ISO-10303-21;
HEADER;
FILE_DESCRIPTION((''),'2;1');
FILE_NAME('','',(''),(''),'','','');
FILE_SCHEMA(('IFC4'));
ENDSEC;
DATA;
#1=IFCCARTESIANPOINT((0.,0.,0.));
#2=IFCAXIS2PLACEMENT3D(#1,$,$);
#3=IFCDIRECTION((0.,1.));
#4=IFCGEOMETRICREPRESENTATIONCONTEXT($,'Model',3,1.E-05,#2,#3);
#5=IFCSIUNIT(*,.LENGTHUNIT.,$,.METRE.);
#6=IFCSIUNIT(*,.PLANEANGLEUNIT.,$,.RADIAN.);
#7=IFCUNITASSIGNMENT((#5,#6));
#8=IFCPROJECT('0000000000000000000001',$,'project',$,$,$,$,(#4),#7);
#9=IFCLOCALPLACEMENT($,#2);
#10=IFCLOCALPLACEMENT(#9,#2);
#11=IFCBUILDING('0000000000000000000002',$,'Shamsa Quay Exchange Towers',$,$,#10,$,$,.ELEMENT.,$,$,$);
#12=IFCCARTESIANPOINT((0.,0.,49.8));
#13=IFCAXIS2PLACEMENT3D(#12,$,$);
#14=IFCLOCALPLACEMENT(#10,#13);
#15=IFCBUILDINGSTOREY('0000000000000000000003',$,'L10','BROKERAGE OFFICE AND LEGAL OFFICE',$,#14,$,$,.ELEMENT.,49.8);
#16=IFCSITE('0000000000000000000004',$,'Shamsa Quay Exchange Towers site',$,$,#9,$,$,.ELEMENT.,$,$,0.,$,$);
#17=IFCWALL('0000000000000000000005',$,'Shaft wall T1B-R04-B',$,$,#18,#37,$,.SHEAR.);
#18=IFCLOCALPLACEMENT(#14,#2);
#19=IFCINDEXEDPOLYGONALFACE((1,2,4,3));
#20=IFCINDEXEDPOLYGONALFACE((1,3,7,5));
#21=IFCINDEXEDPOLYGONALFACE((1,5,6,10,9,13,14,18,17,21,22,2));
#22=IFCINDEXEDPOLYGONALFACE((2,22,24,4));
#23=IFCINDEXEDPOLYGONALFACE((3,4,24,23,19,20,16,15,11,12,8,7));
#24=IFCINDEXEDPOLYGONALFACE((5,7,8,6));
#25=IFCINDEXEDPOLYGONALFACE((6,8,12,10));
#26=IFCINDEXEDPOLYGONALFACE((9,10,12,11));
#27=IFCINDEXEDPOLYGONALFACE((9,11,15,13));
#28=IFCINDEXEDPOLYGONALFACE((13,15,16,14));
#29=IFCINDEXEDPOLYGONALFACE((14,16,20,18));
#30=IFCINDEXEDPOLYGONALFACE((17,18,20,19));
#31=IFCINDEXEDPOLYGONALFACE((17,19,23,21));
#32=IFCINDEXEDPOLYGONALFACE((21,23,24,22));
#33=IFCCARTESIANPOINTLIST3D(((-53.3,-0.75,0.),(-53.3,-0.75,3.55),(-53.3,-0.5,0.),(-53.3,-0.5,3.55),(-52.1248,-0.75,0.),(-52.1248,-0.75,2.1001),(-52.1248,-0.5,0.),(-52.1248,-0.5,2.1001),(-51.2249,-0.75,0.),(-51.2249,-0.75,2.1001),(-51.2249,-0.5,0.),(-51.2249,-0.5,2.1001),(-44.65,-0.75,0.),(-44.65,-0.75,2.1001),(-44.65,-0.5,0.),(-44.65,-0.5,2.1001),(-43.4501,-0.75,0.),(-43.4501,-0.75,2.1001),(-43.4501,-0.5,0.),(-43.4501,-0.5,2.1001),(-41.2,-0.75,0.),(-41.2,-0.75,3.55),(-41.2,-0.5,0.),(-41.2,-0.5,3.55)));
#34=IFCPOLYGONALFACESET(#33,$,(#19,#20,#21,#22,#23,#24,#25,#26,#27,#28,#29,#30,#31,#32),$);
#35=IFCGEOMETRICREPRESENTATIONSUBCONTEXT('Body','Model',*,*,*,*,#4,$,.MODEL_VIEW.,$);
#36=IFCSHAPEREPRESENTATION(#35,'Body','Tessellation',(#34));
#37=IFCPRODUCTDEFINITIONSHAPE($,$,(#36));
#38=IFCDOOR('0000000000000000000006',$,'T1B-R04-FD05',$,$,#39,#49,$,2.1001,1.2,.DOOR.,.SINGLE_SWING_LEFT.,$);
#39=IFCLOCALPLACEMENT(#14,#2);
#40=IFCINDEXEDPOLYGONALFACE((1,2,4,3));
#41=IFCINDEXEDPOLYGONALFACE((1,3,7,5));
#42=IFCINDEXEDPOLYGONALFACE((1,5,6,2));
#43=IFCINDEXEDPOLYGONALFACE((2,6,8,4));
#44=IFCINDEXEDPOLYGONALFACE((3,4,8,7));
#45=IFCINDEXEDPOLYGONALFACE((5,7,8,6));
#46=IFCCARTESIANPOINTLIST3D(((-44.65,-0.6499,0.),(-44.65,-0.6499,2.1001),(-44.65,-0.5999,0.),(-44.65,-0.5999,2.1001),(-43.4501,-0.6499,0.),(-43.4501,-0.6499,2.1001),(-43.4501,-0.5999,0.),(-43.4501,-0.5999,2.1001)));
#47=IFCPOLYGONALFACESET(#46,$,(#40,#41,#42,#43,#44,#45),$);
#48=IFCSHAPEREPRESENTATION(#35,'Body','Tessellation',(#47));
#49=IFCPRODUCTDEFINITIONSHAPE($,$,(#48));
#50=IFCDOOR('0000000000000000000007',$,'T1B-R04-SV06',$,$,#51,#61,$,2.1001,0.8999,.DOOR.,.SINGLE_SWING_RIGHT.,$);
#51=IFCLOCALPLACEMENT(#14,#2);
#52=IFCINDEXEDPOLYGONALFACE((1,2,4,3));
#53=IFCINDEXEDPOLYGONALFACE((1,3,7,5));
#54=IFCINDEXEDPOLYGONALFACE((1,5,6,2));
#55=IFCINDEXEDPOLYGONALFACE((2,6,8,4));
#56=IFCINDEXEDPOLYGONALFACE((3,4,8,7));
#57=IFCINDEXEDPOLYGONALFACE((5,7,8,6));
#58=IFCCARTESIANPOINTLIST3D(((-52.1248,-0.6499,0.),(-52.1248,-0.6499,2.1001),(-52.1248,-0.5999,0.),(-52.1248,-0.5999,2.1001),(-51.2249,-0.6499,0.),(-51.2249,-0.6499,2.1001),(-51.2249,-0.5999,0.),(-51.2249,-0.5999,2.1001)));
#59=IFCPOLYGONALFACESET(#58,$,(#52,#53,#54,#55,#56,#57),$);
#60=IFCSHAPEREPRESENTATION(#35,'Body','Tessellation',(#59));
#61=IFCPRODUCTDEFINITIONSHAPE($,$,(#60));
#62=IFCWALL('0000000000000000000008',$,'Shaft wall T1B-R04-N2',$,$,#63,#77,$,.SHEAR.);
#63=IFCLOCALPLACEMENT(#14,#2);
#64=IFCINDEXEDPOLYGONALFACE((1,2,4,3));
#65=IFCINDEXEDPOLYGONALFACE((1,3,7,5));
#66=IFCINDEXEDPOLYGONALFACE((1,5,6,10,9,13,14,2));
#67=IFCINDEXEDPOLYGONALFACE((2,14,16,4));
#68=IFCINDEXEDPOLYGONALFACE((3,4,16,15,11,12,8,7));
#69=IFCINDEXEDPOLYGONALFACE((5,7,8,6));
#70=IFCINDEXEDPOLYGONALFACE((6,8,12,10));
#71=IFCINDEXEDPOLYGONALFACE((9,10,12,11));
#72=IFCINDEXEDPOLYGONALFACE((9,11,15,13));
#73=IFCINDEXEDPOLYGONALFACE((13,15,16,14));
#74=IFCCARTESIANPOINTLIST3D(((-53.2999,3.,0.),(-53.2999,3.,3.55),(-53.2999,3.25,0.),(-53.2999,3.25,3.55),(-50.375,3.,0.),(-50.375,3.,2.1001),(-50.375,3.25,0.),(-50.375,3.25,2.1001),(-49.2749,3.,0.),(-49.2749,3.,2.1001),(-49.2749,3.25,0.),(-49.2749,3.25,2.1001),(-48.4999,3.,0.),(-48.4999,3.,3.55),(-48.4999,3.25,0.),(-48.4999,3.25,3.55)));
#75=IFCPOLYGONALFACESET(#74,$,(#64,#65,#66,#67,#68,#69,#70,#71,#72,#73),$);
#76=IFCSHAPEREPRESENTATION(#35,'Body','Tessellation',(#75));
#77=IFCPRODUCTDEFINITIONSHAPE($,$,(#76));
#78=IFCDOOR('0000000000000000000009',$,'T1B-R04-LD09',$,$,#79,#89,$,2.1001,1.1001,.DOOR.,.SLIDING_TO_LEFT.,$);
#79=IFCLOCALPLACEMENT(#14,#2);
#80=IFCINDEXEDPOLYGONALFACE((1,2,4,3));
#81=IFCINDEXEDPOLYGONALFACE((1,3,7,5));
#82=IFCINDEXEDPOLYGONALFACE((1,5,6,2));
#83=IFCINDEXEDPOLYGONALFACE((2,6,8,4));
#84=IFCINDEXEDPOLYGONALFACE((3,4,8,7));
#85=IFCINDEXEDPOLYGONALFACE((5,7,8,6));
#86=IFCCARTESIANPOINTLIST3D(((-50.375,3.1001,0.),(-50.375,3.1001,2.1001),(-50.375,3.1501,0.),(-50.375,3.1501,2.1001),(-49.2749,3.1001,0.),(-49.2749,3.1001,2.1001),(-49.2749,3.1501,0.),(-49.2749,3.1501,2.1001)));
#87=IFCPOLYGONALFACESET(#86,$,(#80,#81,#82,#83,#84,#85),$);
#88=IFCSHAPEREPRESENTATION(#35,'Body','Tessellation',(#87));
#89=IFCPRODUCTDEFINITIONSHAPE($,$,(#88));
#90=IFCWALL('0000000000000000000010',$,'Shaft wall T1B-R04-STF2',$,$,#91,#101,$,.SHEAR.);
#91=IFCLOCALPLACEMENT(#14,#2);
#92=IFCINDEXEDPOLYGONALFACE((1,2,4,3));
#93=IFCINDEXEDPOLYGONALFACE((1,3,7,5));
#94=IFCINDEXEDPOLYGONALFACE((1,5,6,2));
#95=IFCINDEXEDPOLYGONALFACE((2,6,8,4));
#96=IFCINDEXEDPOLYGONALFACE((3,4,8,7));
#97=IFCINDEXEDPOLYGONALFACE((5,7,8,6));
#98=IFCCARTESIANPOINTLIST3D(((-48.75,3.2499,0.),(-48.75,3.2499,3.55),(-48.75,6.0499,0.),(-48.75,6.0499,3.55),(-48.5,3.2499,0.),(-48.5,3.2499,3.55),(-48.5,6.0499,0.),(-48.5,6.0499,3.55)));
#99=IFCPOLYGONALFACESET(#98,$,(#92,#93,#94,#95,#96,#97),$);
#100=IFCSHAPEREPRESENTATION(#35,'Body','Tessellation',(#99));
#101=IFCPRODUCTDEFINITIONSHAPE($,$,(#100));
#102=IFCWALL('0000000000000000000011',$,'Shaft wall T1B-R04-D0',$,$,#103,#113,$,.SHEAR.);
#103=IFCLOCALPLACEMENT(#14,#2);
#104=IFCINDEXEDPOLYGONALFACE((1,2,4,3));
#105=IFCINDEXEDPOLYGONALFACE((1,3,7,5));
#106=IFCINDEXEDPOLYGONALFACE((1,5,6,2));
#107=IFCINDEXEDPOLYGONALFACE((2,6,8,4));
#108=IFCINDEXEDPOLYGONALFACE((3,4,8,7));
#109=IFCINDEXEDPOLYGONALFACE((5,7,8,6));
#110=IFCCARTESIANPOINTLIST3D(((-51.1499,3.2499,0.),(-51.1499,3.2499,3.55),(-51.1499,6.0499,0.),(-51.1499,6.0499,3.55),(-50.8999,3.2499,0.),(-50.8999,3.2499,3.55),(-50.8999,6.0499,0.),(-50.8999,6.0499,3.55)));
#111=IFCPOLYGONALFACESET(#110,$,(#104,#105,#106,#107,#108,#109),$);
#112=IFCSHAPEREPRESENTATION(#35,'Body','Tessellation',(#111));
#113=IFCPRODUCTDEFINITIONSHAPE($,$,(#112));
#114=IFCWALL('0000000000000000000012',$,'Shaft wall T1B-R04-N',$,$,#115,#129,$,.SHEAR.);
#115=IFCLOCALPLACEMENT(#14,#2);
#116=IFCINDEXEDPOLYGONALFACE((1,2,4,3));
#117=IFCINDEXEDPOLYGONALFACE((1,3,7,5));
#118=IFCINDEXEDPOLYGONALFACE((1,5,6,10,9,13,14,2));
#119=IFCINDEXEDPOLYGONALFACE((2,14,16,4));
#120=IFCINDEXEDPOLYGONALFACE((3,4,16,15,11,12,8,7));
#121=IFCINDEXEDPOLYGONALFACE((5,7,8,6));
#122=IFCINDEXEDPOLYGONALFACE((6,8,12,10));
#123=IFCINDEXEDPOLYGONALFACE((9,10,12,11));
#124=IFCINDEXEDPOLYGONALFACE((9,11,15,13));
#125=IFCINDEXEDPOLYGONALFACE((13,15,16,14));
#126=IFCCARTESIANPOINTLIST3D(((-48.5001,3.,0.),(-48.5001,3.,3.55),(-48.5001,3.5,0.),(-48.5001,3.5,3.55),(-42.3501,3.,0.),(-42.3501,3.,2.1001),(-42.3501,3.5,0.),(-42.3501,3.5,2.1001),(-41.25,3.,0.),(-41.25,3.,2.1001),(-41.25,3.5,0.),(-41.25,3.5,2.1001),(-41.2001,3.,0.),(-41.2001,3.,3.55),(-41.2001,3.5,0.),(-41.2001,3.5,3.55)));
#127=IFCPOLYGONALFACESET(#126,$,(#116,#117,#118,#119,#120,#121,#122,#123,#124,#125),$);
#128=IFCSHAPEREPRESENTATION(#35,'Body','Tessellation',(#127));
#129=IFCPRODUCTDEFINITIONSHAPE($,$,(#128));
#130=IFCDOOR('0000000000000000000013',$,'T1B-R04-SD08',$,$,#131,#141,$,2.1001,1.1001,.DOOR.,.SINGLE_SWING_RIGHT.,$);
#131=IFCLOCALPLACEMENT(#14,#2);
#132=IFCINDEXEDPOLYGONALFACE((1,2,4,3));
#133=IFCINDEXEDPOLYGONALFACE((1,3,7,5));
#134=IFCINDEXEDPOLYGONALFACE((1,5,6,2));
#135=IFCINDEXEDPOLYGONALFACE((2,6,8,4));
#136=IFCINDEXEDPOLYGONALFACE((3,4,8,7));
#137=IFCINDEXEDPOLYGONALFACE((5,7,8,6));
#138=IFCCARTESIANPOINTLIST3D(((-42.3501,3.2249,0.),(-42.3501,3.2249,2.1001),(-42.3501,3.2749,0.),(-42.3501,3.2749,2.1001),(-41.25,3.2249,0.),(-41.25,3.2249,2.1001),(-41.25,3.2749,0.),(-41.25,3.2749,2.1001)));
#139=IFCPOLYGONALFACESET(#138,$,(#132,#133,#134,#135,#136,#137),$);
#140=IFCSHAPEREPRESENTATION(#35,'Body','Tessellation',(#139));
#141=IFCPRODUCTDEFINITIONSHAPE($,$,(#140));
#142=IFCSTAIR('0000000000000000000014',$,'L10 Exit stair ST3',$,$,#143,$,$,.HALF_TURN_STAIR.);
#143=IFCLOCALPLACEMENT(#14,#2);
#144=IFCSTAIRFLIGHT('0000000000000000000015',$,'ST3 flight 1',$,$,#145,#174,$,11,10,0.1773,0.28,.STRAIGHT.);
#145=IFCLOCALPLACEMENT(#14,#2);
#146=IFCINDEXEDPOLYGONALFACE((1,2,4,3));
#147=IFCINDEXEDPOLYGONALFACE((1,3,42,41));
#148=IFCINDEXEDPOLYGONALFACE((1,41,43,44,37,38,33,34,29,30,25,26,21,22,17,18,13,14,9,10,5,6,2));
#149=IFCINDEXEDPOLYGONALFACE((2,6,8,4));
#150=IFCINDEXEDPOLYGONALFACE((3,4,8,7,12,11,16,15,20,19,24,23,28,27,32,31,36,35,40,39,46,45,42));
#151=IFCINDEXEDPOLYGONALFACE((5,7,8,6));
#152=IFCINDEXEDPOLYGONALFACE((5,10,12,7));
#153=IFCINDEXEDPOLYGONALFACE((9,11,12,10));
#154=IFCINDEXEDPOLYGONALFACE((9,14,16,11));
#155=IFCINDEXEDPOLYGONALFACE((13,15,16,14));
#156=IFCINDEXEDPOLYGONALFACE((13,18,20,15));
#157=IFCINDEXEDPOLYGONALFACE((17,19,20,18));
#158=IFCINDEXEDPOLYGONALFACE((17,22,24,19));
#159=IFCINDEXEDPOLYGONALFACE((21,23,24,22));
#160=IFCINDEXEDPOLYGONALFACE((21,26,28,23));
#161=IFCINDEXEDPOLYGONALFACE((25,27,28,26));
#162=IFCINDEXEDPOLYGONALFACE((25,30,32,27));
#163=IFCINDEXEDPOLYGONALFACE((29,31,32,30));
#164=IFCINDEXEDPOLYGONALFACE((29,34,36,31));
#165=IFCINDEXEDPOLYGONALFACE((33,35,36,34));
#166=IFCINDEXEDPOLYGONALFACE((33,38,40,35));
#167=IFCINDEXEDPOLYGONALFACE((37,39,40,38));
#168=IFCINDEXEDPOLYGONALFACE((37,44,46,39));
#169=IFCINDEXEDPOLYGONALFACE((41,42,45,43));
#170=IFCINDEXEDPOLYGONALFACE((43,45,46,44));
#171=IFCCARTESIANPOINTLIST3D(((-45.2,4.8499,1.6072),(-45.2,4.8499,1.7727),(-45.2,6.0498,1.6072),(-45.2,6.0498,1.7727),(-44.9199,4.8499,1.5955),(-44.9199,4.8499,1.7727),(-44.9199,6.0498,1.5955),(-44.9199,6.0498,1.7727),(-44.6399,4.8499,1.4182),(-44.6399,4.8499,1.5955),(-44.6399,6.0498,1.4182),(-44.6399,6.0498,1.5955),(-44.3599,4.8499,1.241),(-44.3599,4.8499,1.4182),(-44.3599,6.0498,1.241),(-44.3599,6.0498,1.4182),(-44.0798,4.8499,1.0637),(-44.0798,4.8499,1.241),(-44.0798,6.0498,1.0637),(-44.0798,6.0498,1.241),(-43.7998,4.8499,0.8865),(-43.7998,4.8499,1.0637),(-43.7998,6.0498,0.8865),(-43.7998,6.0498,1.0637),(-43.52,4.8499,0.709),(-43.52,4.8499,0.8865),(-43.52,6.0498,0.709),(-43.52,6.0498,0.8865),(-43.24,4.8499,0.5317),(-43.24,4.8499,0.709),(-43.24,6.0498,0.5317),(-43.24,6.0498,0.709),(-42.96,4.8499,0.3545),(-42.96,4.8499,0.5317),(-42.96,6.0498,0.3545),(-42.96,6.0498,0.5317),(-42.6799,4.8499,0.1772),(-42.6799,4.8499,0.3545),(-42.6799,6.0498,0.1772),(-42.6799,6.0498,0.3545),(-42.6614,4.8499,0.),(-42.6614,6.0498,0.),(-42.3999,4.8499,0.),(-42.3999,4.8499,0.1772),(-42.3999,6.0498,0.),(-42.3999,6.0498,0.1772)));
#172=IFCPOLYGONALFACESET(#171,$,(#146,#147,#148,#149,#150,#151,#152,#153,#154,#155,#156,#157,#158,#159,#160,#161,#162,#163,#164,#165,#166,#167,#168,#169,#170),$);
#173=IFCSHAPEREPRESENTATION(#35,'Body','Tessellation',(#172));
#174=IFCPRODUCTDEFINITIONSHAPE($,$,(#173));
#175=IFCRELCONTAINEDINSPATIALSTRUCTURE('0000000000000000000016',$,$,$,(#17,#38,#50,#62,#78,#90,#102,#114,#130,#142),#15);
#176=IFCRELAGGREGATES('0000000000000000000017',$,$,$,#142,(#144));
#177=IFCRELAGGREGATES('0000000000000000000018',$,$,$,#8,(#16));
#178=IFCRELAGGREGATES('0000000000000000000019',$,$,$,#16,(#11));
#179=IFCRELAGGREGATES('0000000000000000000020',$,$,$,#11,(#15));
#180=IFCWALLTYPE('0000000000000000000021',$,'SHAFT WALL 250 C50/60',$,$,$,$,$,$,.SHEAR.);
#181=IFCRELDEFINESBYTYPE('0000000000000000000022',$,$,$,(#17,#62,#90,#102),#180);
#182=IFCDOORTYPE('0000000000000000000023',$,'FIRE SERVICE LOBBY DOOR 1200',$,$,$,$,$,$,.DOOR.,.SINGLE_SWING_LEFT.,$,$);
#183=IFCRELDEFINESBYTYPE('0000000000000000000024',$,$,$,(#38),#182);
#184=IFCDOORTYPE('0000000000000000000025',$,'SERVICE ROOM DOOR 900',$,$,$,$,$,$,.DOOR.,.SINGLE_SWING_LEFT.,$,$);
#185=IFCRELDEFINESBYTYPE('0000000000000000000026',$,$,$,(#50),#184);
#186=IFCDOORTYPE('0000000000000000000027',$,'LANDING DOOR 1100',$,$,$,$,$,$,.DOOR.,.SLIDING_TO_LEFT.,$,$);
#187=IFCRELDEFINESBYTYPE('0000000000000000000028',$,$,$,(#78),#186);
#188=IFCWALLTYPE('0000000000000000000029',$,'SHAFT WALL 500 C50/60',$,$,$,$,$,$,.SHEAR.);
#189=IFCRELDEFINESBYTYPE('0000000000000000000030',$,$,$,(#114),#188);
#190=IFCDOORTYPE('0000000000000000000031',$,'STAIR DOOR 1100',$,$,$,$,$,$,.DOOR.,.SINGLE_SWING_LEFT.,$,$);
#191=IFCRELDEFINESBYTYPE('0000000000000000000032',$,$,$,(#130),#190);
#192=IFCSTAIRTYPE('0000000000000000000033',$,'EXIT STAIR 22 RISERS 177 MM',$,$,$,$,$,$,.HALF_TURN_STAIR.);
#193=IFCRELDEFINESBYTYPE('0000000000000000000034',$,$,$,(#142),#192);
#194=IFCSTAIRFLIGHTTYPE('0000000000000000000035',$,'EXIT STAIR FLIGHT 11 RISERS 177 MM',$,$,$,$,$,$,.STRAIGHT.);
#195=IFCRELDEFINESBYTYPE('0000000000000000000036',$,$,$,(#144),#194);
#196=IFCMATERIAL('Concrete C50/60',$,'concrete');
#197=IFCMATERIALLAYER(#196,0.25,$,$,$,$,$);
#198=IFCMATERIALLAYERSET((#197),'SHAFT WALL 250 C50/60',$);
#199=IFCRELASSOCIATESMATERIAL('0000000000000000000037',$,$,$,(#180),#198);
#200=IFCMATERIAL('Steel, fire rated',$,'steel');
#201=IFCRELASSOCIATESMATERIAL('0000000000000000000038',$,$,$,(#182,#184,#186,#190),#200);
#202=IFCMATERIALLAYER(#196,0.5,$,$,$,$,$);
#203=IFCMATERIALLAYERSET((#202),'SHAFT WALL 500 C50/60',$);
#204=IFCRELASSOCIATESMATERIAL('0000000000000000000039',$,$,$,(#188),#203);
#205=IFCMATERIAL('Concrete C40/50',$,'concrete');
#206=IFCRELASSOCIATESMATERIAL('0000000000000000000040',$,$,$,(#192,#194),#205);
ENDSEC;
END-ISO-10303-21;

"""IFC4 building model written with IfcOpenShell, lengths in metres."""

from ifc_helpers import new_model, si_unit, direction, frame, frame_2d, origin, place, context, subcontext, project, spatial, polyline, rectangle, outline, extrude, material, layer, layer_set, type_object, element, fill, aggregate, save


model = new_model("IFC4")

# Units and contexts
model_context = context("Model", 3, precision=1e-05, world=origin(), true_north=direction((0.0, 1.0)))
body_context = subcontext(model_context, "Body", "Model", "MODEL_VIEW")
ifc_project = project(units=[si_unit("LENGTHUNIT", "METRE"), si_unit("PLANEANGLEUNIT", "RADIAN")], contexts=[model_context])

# Site, building, storey
site_placement = place(None, origin())
site = spatial("IfcSite", under=ifc_project, at=site_placement, Name="Shamsa Quay Exchange Towers site", CompositionType="ELEMENT", RefElevation=0.0)
building_placement = place(site_placement, origin())
building = spatial("IfcBuilding", under=site, at=building_placement, Name="Shamsa Quay Exchange Towers", CompositionType="ELEMENT")
storey_placement = place(building_placement, frame((0.0, 0.0, 49.8)))
storey = spatial("IfcBuildingStorey", under=building, at=storey_placement, Name="L10", Description="BROKERAGE OFFICE AND LEGAL OFFICE", CompositionType="ELEMENT", Elevation=49.8)

# Wall, openings, doors
ifc_material_1 = material(Name="Concrete C50/60", Category="concrete")
ifc_layer_1 = layer(ifc_material_1, 0.25)
ifc_layer_set_1 = layer_set([ifc_layer_1], Name="SHAFT WALL 250 C50/60")
wall_type_1 = type_object("IfcWallType", Name="SHAFT WALL 250 C50/60", PredefinedType="SHEAR", material=ifc_layer_set_1)
wall_1_placement = place(storey_placement, frame((-41.2, -0.625, 0.0), z_axis=(0.0, 0.0, 1.0), x_axis=(-1.0, 0.0, 0.0)))
wall_1 = element("IfcWall", 1, at=wall_1_placement, inside=storey, type_object=wall_type_1, Name="Shaft wall T1B-R04-B", PredefinedType="SHEAR", context=body_context, shape_type="SweptSolid", body=[
    extrude(rectangle(XDim=12.1001, YDim=0.25, at=frame_2d((6.05, 0.0))), origin(), (0.0, 0.0, 1.0), 3.55),
])
opening_1_placement = place(wall_1_placement, frame((2.25, 0.0, 0.0)))
opening_1 = element("IfcOpeningElement", 2, at=opening_1_placement, cuts=wall_1, PredefinedType="OPENING", context=body_context, shape_type="SweptSolid", body=[
    extrude(rectangle(XDim=1.2, YDim=2.1001, at=frame_2d((0.6001, 1.05))), frame((0.0, 0.135, 0.0), z_axis=(0.0, -1.0, 0.0), x_axis=(1.0, 0.0, 0.0)), (0.0, 0.0, 1.0), 0.27),
])
opening_2_placement = place(wall_1_placement, frame((10.0249, 0.0, 0.0)))
opening_2 = element("IfcOpeningElement", 3, at=opening_2_placement, cuts=wall_1, PredefinedType="OPENING", context=body_context, shape_type="SweptSolid", body=[
    extrude(rectangle(XDim=0.8999, YDim=2.1001, at=frame_2d((0.45, 1.05))), frame((0.0, 0.135, 0.0), z_axis=(0.0, -1.0, 0.0), x_axis=(1.0, 0.0, 0.0)), (0.0, 0.0, 1.0), 0.27),
])
ifc_material_2 = material(Name="Steel, fire rated", Category="steel")
door_type_1 = type_object("IfcDoorType", Name="FIRE SERVICE LOBBY DOOR 1200", OperationType="SINGLE_SWING_LEFT", PredefinedType="DOOR", material=ifc_material_2)
door_1_placement = place(opening_1_placement, origin())
door_1 = element("IfcDoor", 4, at=door_1_placement, inside=storey, type_object=door_type_1, Name="T1B-R04-FD05", OperationType="SINGLE_SWING_LEFT", OverallHeight=2.1001, OverallWidth=1.2, PredefinedType="DOOR", context=body_context, shape_type="SweptSolid", body=[
    extrude(rectangle(XDim=1.2, YDim=2.1001, at=frame_2d((0.6001, 1.05))), frame((0.0, 0.0249, 0.0), z_axis=(0.0, -1.0, 0.0), x_axis=(1.0, 0.0, 0.0)), (0.0, 0.0, 1.0), 0.05),
])
fill(opening_1, door_1)
door_type_2 = type_object("IfcDoorType", Name="SERVICE ROOM DOOR 900", OperationType="SINGLE_SWING_LEFT", PredefinedType="DOOR", material=ifc_material_2)
door_2_placement = place(opening_2_placement, origin())
door_2 = element("IfcDoor", 5, at=door_2_placement, inside=storey, type_object=door_type_2, Name="T1B-R04-SV06", OperationType="SINGLE_SWING_RIGHT", OverallHeight=2.1001, OverallWidth=0.8999, PredefinedType="DOOR", context=body_context, shape_type="SweptSolid", body=[
    extrude(rectangle(XDim=0.8999, YDim=2.1001, at=frame_2d((0.45, 1.05))), frame((0.0, 0.0249, 0.0), z_axis=(0.0, -1.0, 0.0), x_axis=(1.0, 0.0, 0.0)), (0.0, 0.0, 1.0), 0.05),
])
fill(opening_2, door_2)

# Wall, opening, door
wall_2_placement = place(storey_placement, frame((-48.5, 3.125, 0.0), z_axis=(0.0, 0.0, 1.0), x_axis=(-1.0, 0.0, 0.0)))
wall_2 = element("IfcWall", 6, at=wall_2_placement, inside=storey, type_object=wall_type_1, Name="Shaft wall T1B-R04-N2", PredefinedType="SHEAR", context=body_context, shape_type="SweptSolid", body=[
    extrude(rectangle(XDim=4.8, YDim=0.25, at=frame_2d((2.3999, 0.0))), origin(), (0.0, 0.0, 1.0), 3.55),
])
opening_3_placement = place(wall_2_placement, frame((0.7749, 0.0, 0.0)))
opening_3 = element("IfcOpeningElement", 7, at=opening_3_placement, cuts=wall_2, PredefinedType="OPENING", context=body_context, shape_type="SweptSolid", body=[
    extrude(rectangle(XDim=1.1001, YDim=2.1001, at=frame_2d((0.55, 1.05))), frame((0.0, 0.135, 0.0), z_axis=(0.0, -1.0, 0.0), x_axis=(1.0, 0.0, 0.0)), (0.0, 0.0, 1.0), 0.27),
])
door_type_3 = type_object("IfcDoorType", Name="LANDING DOOR 1100", OperationType="SLIDING_TO_LEFT", PredefinedType="DOOR", material=ifc_material_2)
door_3_placement = place(opening_3_placement, origin())
door_3 = element("IfcDoor", 8, at=door_3_placement, inside=storey, type_object=door_type_3, Name="T1B-R04-LD09", OperationType="SLIDING_TO_LEFT", OverallHeight=2.1001, OverallWidth=1.1001, PredefinedType="DOOR", context=body_context, shape_type="SweptSolid", body=[
    extrude(rectangle(XDim=1.1001, YDim=2.1001, at=frame_2d((0.55, 1.05))), frame((0.0, 0.0249, 0.0), z_axis=(0.0, -1.0, 0.0), x_axis=(1.0, 0.0, 0.0)), (0.0, 0.0, 1.0), 0.05),
])
fill(opening_3, door_3)

# Walls
for number, where, z_axis, x_axis, name in (
    (9, (-48.625, 3.25, 0.0), (0.0, 0.0, 1.0), (0.0, 1.0, 0.0), "Shaft wall T1B-R04-STF2"),
    (10, (-51.0249, 3.25, 0.0), (0.0, 0.0, 1.0), (0.0, 1.0, 0.0), "Shaft wall T1B-R04-D0"),
):
    element("IfcWall", number, at=place(storey_placement, frame(where, z_axis=z_axis, x_axis=x_axis)), inside=storey, type_object=wall_type_1, Name=name, PredefinedType="SHEAR", context=body_context, shape_type="SweptSolid", body=[
        extrude(rectangle(XDim=2.8, YDim=0.25, at=frame_2d((1.3999, 0.0))), origin(), (0.0, 0.0, 1.0), 3.55),
    ])

# Wall, opening, door
ifc_layer_2 = layer(ifc_material_1, 0.5)
ifc_layer_set_2 = layer_set([ifc_layer_2], Name="SHAFT WALL 500 C50/60")
wall_type_2 = type_object("IfcWallType", Name="SHAFT WALL 500 C50/60", PredefinedType="SHEAR", material=ifc_layer_set_2)
wall_3_placement = place(storey_placement, frame((-48.5, 3.25, 0.0)))
wall_3 = element("IfcWall", 11, at=wall_3_placement, inside=storey, type_object=wall_type_2, Name="Shaft wall T1B-R04-N", PredefinedType="SHEAR", context=body_context, shape_type="SweptSolid", body=[
    extrude(rectangle(XDim=7.3, YDim=0.5, at=frame_2d((3.6499, 0.0))), origin(), (0.0, 0.0, 1.0), 3.55),
])
opening_4_placement = place(wall_3_placement, frame((6.1499, 0.0, 0.0)))
opening_4 = element("IfcOpeningElement", 12, at=opening_4_placement, cuts=wall_3, PredefinedType="OPENING", context=body_context, shape_type="SweptSolid", body=[
    extrude(rectangle(XDim=1.1001, YDim=2.1001, at=frame_2d((0.55, 1.05))), frame((0.0, 0.26, 0.0), z_axis=(0.0, -1.0, 0.0), x_axis=(1.0, 0.0, 0.0)), (0.0, 0.0, 1.0), 0.52),
])
door_type_4 = type_object("IfcDoorType", Name="STAIR DOOR 1100", OperationType="SINGLE_SWING_LEFT", PredefinedType="DOOR", material=ifc_material_2)
door_4_placement = place(opening_4_placement, origin())
door_4 = element("IfcDoor", 13, at=door_4_placement, inside=storey, type_object=door_type_4, Name="T1B-R04-SD08", OperationType="SINGLE_SWING_RIGHT", OverallHeight=2.1001, OverallWidth=1.1001, PredefinedType="DOOR", context=body_context, shape_type="SweptSolid", body=[
    extrude(rectangle(XDim=1.1001, YDim=2.1001, at=frame_2d((0.55, 1.05))), frame((0.0, 0.0249, 0.0), z_axis=(0.0, -1.0, 0.0), x_axis=(1.0, 0.0, 0.0)), (0.0, 0.0, 1.0), 0.05),
])
fill(opening_4, door_4)

# Stair, stair flight
ifc_material_3 = material(Name="Concrete C40/50", Category="concrete")
stair_type = type_object("IfcStairType", Name="EXIT STAIR 22 RISERS 177 MM", PredefinedType="HALF_TURN_STAIR", material=ifc_material_3)
stair_placement = place(storey_placement, origin())
stair = element("IfcStair", 14, at=stair_placement, inside=storey, type_object=stair_type, Name="L10 Exit stair ST3", PredefinedType="HALF_TURN_STAIR")
stair_flight_type = type_object("IfcStairFlightType", Name="EXIT STAIR FLIGHT 11 RISERS 177 MM", PredefinedType="STRAIGHT", material=ifc_material_3)
stair_flight_1_placement = place(storey_placement, frame((-42.3999, 5.45, 0.0), z_axis=(0.0, 0.0, 1.0), x_axis=(-1.0, 0.0, 0.0)))
stair_flight_1 = element("IfcStairFlight", 15, at=stair_flight_1_placement, type_object=stair_flight_type, Name="ST3 flight 1", NumberOfRisers=11, NumberOfTreads=10, PredefinedType="STRAIGHT", RiserHeight=0.1773, TreadLength=0.28, context=body_context, shape_type="SweptSolid", body=[
    extrude(outline(polyline([(0.0, 0.0), (0.0, 0.1772), (0.28, 0.1772), (0.28, 0.3545), (0.5601, 0.3545), (0.5601, 0.5317), (0.8401, 0.5317), (0.8401, 0.709), (1.1201, 0.709), (1.1201, 0.8865), (1.3999, 0.8865), (1.3999, 1.0637), (1.6799, 1.0637), (1.6799, 1.241), (1.96, 1.241), (1.96, 1.4182), (2.24, 1.4182), (2.24, 1.5955), (2.52, 1.5955), (2.52, 1.7727), (2.8, 1.7727), (2.8, 1.95), (2.8, 1.6072), (0.2615, 0.0), (0.0, 0.0)])), frame((0.0, 0.6001, 0.0), z_axis=(0.0, -1.0, 0.0), x_axis=(1.0, 0.0, 0.0)), (0.0, 0.0, 1.0), 1.2),
])
aggregate(stair, [stair_flight_1])

save(model, "model.ifc")
